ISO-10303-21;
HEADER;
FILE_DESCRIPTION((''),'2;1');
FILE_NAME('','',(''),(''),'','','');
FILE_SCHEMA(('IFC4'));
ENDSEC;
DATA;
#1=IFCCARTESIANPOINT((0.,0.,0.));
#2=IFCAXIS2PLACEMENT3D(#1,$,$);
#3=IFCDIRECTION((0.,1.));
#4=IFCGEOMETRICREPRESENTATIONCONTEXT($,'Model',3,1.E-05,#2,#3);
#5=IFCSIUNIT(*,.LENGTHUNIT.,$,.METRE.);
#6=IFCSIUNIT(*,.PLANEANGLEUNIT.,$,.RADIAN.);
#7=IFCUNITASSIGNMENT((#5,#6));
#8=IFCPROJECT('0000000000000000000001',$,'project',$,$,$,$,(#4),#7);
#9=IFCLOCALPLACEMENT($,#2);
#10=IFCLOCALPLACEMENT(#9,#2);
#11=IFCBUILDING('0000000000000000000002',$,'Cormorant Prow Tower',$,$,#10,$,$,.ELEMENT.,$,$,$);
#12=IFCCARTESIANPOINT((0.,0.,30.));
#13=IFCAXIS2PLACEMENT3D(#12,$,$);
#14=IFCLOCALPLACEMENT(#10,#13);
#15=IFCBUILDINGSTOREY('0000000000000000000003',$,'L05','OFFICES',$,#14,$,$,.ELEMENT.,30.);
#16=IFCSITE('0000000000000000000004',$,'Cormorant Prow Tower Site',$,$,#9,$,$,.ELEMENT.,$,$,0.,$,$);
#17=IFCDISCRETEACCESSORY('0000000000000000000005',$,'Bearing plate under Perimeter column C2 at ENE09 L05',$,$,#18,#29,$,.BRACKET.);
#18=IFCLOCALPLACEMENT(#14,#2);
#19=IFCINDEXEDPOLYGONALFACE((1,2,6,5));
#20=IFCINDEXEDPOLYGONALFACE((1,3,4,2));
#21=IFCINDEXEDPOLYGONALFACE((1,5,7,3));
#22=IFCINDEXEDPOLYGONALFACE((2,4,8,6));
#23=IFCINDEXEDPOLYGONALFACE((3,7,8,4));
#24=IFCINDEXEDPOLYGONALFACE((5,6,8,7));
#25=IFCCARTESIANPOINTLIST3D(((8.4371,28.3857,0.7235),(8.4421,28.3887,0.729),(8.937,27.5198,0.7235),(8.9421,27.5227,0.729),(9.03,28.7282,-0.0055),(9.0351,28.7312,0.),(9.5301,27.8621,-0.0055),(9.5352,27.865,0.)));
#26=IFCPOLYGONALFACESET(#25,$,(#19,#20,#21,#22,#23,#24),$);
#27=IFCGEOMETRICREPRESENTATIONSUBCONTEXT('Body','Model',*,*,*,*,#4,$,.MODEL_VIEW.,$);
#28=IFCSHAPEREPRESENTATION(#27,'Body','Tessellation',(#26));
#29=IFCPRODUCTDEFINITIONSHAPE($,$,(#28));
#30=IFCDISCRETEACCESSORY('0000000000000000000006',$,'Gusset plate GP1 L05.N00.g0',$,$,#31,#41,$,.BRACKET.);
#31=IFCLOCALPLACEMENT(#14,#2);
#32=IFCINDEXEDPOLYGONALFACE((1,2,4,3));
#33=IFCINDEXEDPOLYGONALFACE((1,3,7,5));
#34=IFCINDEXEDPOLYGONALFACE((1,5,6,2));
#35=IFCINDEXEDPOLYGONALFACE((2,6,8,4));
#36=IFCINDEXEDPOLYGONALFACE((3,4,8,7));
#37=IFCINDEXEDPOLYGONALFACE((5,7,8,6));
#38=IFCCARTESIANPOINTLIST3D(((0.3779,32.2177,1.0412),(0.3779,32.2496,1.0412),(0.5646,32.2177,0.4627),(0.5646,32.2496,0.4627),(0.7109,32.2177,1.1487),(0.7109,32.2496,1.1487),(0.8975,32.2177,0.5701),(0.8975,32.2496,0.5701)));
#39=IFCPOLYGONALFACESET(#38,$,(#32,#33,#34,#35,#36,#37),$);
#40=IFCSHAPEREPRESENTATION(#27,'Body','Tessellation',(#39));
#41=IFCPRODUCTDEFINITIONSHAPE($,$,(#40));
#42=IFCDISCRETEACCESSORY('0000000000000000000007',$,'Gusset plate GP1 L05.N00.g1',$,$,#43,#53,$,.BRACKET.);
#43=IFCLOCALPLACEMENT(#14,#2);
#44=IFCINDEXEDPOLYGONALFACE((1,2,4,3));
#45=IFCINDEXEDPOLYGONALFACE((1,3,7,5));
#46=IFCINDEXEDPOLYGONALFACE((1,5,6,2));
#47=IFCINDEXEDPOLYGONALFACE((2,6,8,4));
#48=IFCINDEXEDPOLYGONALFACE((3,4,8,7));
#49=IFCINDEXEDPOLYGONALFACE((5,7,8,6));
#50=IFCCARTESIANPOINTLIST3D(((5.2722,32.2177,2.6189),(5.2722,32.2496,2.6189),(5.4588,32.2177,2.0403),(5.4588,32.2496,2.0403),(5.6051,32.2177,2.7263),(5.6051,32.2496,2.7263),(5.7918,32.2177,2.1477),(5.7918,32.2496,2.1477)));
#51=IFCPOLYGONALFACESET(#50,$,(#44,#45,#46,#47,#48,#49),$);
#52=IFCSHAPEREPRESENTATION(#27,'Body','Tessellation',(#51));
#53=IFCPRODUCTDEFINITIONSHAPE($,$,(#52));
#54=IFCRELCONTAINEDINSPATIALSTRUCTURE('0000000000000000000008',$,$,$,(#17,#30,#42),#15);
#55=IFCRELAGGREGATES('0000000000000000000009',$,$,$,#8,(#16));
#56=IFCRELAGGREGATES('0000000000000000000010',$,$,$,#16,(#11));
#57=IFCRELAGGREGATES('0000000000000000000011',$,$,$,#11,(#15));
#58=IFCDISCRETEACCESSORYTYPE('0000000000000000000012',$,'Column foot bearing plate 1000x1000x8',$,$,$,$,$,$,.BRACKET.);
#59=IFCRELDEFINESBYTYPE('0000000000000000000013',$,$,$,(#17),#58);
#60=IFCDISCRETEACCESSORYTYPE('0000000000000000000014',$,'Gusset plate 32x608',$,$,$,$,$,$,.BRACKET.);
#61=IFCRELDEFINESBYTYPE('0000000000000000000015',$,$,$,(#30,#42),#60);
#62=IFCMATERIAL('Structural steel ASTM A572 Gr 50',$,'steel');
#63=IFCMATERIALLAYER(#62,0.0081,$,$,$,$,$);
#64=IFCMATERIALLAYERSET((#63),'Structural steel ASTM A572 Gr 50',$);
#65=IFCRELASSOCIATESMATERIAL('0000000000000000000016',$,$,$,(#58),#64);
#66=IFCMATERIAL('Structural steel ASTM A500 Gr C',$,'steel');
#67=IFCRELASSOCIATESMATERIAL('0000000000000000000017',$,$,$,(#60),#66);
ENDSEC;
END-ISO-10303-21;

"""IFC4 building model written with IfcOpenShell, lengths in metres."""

from ifc_helpers import new_model, si_unit, direction, frame, origin, origin_2d, place, context, subcontext, project, spatial, polyline, rectangle, outline, extrude, material, layer, layer_set, material_profile, profile_set, type_object, element, save


model = new_model("IFC4")

# Units and contexts
model_context = context("Model", 3, precision=1e-05, world=origin(), true_north=direction((0.0, 1.0)))
body_context = subcontext(model_context, "Body", "Model", "MODEL_VIEW")
ifc_project = project(units=[si_unit("LENGTHUNIT", "METRE"), si_unit("PLANEANGLEUNIT", "RADIAN")], contexts=[model_context])

# Site, building, storey
site_placement = place(None, origin())
site = spatial("IfcSite", under=ifc_project, at=site_placement, Name="Cormorant Prow Tower Site", CompositionType="ELEMENT", RefElevation=0.0)
building_placement = place(site_placement, origin())
building = spatial("IfcBuilding", under=site, at=building_placement, Name="Cormorant Prow Tower", CompositionType="ELEMENT")
storey_placement = place(building_placement, frame((0.0, 0.0, 30.0)))
storey = spatial("IfcBuildingStorey", under=building, at=storey_placement, Name="L05", Description="OFFICES", CompositionType="ELEMENT", Elevation=30.0)

# Discrete accessories
ifc_material_1 = material(Name="Structural steel ASTM A572 Gr 50", Category="steel")
ifc_layer_1 = layer(ifc_material_1, 0.0081)
ifc_layer_set_1 = layer_set([ifc_layer_1], Name="Structural steel ASTM A572 Gr 50")
discrete_accessory_type_1 = type_object("IfcDiscreteAccessoryType", Name="Column foot bearing plate 1000x1000x8", PredefinedType="BRACKET", material=ifc_layer_set_1)
discrete_accessory_placement = place(storey_placement, frame((8.4421, 28.3887, 0.729), z_axis=(0.631234, 0.364416, 0.684649), x_axis=(0.499997, -0.866027, -0.00003)))
element("IfcDiscreteAccessory", 1, at=discrete_accessory_placement, inside=storey, type_object=discrete_accessory_type_1, Name="Bearing plate under Perimeter column C2 at ENE09 L05", PredefinedType="BRACKET", context=body_context, shape_type="SweptSolid", body=[
    extrude(outline(polyline([(0.0, 0.0), (0.9999, 0.0), (1.0001, 1.0001), (-0.0001, 1.0002), (0.0, 0.0)])), origin(), (0.0, 0.0, -1.0), 0.0081),
])
ifc_material_2 = material(Name="Structural steel ASTM A500 Gr C", Category="steel")
ifc_material_profile_1 = material_profile(ifc_material_2, rectangle(XDim=0.032, YDim=0.6079, at=origin_2d()), Name="Gusset plate 32x608")
ifc_profile_set_1 = profile_set([ifc_material_profile_1], Name="Structural steel ASTM A500 Gr C")
discrete_accessory_type_2 = type_object("IfcDiscreteAccessoryType", Name="Gusset plate 32x608", PredefinedType="BRACKET", material=ifc_profile_set_1)
for number, where, z_axis, x_axis, name in (
    (2, (0.8042, 32.2336, 0.8594), (-0.951709, 0.0, -0.307003), (0.0, -1.0, 0.0), "Gusset plate GP1 L05.N00.g0"),
    (3, (5.3655, 32.2336, 2.3296), (0.951709, 0.0, 0.307003), (0.0, 1.0, 0.0), "Gusset plate GP1 L05.N00.g1"),
):
    element("IfcDiscreteAccessory", number, at=place(storey_placement, frame(where, z_axis=z_axis, x_axis=x_axis)), inside=storey, type_object=discrete_accessory_type_2, Name=name, PredefinedType="BRACKET", context=body_context, shape_type="SweptSolid", body=[
        extrude(rectangle(XDim=0.032, YDim=0.6079, at=origin_2d()), origin(), (0.0, 0.0, 1.0), 0.3499),
    ])

save(model, "model.ifc")
